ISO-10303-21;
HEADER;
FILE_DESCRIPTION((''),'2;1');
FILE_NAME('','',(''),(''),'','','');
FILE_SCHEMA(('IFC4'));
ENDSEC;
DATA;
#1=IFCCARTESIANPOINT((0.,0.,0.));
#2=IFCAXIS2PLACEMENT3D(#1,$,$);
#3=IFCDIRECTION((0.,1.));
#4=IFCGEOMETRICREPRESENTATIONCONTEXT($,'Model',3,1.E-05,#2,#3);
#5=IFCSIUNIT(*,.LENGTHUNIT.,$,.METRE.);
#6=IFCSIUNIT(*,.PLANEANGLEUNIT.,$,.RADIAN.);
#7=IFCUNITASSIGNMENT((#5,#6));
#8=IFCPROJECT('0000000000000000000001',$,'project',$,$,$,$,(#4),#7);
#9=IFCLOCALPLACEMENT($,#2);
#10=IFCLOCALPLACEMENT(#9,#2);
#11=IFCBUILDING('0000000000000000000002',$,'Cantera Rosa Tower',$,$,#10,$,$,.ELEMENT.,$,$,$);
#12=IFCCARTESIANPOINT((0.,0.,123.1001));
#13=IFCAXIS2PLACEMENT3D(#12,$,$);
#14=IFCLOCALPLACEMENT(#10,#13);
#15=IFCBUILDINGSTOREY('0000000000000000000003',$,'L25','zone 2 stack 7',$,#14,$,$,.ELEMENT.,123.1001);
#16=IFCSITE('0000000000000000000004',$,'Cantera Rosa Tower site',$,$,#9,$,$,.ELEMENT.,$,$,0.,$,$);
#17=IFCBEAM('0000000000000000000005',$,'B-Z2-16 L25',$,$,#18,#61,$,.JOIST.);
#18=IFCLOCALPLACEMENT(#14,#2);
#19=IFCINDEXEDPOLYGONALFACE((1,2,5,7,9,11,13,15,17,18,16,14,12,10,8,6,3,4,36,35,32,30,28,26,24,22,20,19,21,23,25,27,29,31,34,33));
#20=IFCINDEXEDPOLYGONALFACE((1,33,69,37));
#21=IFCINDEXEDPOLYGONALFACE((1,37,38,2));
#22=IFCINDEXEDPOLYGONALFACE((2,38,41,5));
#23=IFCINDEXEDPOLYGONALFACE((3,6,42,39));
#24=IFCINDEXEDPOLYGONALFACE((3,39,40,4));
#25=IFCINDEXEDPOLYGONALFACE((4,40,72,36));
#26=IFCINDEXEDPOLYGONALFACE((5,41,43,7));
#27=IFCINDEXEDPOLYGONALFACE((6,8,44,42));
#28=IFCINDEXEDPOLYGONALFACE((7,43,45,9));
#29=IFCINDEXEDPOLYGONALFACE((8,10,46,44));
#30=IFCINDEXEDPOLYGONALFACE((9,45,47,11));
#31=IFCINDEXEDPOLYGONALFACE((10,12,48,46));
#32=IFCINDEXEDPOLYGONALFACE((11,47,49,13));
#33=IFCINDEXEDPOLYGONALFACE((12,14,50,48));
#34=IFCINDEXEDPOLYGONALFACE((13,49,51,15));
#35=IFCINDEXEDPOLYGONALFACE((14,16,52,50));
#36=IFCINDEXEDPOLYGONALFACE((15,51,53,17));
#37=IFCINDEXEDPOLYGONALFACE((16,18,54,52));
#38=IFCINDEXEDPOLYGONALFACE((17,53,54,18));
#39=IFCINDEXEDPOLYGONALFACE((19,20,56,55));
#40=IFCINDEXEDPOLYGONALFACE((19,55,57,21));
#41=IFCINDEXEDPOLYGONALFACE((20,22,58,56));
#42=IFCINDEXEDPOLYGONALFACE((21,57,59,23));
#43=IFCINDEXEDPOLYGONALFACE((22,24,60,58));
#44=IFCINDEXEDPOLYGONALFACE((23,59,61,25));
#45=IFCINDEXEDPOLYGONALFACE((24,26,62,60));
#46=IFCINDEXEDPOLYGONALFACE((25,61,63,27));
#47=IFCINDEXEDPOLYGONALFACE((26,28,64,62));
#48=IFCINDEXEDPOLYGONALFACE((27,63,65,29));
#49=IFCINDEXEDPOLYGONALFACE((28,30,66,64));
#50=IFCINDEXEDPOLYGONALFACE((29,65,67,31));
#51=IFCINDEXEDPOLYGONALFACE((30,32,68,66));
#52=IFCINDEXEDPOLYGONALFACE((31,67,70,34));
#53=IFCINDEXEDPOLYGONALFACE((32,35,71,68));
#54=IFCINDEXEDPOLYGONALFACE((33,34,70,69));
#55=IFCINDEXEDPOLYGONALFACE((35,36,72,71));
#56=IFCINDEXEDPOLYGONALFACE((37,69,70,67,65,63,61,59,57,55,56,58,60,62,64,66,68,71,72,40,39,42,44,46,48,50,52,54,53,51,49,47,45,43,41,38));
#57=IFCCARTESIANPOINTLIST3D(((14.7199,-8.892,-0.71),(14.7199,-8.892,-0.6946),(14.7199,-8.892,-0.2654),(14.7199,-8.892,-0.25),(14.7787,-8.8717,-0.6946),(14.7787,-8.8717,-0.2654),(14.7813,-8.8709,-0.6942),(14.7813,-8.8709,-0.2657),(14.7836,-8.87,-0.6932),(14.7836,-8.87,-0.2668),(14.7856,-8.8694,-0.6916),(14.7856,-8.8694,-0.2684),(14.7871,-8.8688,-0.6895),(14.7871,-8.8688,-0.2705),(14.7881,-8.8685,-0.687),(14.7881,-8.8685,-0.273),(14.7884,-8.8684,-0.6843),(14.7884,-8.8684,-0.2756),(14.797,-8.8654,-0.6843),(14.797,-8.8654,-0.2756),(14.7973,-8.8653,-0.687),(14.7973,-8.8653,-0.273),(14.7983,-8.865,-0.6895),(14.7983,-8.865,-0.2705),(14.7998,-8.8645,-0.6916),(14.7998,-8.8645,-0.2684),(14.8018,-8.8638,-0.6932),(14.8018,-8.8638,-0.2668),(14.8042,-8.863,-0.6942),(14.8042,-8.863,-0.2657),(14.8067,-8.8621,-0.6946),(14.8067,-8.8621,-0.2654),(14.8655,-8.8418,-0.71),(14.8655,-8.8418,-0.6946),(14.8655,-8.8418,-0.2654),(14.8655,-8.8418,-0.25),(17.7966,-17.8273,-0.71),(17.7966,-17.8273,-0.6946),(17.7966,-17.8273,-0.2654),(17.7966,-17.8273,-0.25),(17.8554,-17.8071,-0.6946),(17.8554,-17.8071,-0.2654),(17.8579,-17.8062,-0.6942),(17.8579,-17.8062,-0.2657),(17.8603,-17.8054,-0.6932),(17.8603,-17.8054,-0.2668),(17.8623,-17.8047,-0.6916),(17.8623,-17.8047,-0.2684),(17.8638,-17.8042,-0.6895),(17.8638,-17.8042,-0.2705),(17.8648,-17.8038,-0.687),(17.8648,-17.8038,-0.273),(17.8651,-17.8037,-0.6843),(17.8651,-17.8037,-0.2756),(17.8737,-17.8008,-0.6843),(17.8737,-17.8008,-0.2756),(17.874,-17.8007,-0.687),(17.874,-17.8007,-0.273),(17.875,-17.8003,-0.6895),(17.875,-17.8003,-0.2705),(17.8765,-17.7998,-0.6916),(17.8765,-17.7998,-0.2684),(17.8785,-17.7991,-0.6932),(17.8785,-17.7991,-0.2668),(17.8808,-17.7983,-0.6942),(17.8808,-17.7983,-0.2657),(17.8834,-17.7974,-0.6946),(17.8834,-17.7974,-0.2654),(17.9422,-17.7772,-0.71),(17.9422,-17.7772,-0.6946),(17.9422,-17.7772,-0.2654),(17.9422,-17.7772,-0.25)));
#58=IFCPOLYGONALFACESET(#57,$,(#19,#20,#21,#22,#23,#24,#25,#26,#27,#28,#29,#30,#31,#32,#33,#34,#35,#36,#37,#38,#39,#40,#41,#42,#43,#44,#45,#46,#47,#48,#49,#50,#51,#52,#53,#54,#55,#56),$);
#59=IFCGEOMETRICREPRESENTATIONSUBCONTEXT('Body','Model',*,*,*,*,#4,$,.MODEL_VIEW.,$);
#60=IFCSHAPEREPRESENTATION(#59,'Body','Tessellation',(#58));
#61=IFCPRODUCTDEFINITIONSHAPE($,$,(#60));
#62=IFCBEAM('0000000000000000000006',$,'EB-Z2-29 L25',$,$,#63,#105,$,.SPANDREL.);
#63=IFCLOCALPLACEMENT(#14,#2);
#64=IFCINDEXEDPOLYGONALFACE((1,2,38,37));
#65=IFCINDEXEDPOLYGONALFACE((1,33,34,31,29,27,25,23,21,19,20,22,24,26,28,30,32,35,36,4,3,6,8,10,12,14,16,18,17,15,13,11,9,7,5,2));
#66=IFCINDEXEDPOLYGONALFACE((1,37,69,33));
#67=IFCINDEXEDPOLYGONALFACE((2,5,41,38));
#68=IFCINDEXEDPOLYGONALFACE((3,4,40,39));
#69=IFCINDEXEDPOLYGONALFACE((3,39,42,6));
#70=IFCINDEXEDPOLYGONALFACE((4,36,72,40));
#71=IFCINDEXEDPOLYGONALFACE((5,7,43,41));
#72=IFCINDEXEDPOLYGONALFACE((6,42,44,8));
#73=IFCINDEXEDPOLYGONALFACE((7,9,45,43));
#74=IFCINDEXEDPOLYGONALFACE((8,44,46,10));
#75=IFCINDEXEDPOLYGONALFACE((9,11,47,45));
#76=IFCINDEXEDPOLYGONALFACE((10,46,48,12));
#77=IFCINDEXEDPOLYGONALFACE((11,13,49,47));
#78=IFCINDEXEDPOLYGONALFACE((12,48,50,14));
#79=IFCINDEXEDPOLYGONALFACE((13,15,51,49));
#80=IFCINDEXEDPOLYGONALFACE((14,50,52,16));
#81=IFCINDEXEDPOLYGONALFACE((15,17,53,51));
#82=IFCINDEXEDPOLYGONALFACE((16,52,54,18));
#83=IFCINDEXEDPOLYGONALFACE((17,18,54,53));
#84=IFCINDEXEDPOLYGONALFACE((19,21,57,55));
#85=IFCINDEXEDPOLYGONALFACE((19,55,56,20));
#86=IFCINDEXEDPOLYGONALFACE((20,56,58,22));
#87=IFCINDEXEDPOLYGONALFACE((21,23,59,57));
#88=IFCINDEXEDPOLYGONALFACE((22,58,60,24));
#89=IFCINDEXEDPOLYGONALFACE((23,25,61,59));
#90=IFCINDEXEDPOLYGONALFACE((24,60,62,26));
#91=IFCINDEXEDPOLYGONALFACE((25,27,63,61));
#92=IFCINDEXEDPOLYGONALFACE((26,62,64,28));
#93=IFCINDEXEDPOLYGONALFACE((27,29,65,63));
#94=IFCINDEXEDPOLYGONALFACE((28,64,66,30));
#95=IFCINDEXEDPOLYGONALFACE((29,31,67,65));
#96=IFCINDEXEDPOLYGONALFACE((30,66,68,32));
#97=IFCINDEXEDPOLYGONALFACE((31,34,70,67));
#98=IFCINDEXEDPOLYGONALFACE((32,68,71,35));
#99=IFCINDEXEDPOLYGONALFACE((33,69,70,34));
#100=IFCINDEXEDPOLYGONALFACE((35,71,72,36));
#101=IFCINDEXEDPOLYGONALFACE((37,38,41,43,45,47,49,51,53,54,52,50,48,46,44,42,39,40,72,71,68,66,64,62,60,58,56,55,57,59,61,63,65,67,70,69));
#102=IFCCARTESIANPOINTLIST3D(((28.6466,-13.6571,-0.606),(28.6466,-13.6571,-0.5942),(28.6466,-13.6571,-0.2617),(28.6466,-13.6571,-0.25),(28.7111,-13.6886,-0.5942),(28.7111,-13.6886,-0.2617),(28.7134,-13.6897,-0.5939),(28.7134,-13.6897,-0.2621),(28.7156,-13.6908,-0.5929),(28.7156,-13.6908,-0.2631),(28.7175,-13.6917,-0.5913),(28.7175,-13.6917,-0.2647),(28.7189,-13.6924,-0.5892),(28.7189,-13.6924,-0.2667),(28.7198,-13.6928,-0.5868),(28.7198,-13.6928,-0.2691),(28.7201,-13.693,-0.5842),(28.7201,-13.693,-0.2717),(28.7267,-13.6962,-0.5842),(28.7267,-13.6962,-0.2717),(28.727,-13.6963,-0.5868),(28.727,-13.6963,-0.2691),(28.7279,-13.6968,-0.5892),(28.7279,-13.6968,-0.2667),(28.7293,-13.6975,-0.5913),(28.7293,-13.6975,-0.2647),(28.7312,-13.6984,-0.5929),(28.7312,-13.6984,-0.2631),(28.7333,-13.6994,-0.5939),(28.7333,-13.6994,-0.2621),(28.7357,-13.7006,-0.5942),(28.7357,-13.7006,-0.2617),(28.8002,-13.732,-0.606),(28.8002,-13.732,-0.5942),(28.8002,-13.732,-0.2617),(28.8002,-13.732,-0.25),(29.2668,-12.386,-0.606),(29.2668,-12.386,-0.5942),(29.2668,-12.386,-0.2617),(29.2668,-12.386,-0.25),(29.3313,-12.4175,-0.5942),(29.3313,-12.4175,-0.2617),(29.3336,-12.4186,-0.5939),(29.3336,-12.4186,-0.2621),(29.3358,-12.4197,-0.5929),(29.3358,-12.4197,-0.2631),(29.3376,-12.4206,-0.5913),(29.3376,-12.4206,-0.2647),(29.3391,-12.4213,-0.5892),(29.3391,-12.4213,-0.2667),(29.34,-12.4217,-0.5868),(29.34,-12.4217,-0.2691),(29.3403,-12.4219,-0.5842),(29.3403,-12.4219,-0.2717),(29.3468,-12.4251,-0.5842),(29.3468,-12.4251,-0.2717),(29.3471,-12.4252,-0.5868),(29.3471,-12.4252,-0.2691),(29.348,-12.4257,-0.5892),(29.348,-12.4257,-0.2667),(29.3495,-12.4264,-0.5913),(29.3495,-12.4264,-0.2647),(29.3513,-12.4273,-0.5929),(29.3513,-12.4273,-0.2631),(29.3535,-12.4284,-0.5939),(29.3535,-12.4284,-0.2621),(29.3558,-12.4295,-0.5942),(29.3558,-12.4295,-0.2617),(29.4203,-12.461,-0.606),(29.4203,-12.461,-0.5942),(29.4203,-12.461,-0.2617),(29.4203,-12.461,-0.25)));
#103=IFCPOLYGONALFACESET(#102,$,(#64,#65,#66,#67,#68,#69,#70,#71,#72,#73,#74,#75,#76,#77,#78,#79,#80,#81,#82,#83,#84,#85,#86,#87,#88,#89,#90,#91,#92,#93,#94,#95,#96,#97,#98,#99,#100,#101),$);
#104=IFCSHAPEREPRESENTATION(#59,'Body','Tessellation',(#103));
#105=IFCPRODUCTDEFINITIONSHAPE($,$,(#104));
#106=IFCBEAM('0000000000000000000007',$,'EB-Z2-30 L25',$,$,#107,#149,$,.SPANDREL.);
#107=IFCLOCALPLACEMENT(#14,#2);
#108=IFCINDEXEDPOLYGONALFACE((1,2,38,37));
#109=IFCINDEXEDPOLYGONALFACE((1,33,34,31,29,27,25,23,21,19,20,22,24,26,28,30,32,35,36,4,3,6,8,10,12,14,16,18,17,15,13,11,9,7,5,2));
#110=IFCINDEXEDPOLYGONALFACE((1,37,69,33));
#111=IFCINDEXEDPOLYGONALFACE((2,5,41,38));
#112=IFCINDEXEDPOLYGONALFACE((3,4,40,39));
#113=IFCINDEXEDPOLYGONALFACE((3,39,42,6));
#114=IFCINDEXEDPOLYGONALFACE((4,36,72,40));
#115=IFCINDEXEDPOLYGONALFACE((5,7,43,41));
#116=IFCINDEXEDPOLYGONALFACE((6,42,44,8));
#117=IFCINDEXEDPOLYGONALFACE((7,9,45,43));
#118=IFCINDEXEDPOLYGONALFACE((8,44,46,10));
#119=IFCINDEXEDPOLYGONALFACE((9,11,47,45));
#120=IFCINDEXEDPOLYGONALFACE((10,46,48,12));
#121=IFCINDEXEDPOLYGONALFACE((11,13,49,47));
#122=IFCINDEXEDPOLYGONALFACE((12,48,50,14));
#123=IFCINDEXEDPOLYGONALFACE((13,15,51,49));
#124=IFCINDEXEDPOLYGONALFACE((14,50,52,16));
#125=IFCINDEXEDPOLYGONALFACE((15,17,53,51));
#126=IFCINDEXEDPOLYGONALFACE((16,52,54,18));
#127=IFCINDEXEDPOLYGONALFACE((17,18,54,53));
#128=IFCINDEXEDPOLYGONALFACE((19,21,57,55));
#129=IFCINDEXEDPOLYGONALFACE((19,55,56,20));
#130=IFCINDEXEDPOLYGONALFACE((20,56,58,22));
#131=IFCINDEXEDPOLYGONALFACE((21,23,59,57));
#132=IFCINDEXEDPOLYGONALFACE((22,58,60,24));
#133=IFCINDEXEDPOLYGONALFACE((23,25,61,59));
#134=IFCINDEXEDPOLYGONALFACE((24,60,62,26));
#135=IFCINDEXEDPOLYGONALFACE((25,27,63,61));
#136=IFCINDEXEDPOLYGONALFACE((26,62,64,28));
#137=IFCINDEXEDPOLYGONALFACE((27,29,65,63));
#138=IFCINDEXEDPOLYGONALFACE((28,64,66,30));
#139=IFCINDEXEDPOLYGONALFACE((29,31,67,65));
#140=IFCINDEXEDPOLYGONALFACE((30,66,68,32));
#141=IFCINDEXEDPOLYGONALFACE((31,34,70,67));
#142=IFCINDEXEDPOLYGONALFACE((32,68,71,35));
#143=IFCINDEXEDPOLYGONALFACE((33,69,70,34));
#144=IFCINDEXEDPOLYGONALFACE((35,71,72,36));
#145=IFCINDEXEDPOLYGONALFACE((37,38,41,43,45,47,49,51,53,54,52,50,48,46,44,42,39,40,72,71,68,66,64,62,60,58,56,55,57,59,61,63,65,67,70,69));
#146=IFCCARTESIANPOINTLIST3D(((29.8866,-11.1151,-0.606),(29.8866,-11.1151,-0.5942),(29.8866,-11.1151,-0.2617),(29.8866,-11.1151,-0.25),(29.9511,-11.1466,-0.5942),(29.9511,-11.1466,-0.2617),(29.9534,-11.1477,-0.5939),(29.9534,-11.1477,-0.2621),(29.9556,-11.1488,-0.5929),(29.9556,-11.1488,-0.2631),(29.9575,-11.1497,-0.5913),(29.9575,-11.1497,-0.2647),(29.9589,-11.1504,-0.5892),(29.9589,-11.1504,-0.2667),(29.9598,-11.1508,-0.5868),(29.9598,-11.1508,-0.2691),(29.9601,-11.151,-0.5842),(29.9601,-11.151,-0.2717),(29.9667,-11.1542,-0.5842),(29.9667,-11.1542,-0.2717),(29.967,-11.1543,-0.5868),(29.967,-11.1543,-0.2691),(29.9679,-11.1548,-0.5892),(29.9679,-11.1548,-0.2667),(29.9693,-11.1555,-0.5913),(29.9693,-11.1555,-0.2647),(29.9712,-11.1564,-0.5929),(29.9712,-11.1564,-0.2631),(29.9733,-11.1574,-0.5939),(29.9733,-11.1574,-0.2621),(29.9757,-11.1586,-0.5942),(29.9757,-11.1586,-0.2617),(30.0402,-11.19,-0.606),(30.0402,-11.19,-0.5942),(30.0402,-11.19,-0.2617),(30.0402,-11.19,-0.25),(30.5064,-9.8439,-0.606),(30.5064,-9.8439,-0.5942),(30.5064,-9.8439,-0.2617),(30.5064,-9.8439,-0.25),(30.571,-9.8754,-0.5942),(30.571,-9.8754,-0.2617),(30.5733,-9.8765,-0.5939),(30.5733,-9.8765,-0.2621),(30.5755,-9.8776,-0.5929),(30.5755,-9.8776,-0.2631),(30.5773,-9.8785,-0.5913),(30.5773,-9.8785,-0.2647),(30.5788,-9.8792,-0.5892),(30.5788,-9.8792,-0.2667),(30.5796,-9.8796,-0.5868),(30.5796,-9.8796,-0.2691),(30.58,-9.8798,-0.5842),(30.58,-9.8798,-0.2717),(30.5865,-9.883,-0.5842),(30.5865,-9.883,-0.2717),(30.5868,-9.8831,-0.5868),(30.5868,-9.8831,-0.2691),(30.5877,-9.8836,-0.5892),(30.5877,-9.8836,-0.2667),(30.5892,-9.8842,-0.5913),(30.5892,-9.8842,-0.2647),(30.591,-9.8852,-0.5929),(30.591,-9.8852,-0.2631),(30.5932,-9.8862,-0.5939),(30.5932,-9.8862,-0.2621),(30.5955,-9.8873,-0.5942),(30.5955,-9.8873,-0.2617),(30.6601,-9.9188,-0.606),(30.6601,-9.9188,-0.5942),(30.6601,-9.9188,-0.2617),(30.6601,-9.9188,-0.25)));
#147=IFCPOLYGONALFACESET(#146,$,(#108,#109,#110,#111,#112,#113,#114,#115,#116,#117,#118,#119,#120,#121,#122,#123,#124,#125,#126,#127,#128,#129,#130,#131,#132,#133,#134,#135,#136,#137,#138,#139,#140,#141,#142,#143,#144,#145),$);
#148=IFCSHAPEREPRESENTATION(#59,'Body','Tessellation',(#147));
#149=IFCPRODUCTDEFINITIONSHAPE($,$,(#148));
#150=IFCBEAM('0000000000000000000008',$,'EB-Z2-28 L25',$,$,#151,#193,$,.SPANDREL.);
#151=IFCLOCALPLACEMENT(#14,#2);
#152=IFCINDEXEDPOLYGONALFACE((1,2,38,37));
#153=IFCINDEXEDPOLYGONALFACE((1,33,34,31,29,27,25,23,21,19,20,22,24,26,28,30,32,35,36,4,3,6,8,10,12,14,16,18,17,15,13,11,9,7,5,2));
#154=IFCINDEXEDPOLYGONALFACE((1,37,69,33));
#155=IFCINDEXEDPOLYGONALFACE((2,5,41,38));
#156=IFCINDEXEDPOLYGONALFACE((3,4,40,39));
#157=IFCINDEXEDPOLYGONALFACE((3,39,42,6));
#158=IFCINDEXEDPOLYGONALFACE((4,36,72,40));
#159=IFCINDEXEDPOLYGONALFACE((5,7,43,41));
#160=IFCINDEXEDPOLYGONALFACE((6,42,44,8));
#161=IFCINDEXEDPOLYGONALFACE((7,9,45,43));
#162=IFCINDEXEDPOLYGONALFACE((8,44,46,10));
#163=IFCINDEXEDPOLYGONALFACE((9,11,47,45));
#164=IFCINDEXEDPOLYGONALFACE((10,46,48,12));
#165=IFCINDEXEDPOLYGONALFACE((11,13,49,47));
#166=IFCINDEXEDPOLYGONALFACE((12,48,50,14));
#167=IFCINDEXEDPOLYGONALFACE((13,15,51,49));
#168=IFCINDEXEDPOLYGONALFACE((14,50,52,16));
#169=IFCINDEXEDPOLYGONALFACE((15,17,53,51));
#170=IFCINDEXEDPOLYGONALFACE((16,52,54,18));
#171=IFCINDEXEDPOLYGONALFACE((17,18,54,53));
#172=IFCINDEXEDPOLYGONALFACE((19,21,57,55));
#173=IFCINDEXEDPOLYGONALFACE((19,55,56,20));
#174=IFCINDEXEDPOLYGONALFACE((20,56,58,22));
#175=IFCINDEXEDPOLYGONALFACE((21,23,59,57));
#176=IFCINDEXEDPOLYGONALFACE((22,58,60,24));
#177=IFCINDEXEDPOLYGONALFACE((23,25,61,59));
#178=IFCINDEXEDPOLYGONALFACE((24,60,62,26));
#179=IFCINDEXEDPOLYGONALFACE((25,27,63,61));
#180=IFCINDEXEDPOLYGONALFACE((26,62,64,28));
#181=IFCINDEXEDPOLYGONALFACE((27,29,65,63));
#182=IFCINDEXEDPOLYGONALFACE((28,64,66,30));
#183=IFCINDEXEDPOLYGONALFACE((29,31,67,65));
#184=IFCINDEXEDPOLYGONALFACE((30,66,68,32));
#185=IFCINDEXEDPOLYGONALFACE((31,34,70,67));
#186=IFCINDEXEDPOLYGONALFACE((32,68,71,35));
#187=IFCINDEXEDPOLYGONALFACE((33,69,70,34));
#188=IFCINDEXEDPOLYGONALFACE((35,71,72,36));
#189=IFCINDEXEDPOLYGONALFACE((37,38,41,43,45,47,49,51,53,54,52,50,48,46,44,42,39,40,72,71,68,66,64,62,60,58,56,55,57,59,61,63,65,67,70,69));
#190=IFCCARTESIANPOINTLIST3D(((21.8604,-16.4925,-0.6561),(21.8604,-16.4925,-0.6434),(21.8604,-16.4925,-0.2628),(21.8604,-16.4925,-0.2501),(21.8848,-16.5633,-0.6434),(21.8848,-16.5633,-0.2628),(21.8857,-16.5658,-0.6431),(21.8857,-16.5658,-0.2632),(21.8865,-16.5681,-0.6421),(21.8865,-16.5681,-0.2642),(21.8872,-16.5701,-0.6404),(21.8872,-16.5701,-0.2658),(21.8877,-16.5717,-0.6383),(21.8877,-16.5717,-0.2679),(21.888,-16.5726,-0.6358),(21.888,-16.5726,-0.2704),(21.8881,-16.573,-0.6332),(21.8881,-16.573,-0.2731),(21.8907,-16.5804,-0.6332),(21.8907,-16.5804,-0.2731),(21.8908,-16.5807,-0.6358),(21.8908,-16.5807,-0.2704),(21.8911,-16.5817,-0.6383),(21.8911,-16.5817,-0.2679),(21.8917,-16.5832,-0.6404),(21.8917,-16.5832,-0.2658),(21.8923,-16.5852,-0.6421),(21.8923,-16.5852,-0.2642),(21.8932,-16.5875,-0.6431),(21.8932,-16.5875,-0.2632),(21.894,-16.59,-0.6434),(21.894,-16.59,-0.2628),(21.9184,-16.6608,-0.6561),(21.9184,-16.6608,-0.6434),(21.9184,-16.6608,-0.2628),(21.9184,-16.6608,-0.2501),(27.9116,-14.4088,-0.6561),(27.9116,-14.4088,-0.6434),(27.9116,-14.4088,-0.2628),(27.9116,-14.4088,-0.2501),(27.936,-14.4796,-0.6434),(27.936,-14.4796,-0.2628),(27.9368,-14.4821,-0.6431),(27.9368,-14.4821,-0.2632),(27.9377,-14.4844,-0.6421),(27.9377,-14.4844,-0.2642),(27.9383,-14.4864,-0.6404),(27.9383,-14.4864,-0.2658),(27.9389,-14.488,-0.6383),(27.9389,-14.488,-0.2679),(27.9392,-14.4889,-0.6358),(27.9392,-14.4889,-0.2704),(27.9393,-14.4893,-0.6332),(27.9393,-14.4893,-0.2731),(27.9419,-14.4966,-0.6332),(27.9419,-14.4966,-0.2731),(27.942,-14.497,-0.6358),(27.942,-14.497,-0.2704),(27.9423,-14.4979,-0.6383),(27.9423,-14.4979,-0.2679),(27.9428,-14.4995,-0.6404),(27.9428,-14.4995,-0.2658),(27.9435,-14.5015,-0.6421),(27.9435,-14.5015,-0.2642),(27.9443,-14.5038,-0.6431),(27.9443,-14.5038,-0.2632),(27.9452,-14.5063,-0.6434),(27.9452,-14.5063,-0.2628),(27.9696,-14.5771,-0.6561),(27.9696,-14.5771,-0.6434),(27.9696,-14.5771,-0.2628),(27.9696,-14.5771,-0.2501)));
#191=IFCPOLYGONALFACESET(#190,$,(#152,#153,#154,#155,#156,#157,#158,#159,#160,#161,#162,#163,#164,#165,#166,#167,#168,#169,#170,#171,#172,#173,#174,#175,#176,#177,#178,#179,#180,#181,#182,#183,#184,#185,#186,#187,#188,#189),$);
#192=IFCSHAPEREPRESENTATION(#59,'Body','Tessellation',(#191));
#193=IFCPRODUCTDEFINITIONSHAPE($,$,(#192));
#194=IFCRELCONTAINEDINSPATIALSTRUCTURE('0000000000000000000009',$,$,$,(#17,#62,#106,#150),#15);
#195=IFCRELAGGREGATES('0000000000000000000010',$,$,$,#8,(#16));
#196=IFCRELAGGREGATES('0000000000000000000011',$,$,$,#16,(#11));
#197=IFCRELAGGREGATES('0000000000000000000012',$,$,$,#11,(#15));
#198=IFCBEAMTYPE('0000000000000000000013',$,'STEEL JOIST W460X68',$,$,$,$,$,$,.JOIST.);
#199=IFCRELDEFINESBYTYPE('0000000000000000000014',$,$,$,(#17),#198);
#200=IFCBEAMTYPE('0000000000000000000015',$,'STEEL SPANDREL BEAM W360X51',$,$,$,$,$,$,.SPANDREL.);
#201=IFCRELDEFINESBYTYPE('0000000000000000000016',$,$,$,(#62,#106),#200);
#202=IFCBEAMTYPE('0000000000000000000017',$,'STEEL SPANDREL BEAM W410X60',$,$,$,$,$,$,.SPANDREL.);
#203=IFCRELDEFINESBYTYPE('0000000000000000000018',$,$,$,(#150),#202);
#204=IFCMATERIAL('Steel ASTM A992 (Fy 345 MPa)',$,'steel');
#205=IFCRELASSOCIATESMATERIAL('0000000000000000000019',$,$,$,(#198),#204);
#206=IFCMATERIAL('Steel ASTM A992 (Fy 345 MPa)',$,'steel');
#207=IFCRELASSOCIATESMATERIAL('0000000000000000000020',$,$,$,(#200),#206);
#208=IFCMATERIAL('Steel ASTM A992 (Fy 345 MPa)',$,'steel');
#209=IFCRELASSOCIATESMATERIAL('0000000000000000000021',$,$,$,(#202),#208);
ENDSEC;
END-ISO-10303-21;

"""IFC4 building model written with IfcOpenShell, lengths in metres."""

from ifc_helpers import new_model, si_unit, direction, frame, origin, origin_2d, place, context, subcontext, project, spatial, i_section, extrude, material, material_profile, profile_set, type_object, element, save


model = new_model("IFC4")

# Units and contexts
model_context = context("Model", 3, precision=1e-05, world=origin(), true_north=direction((0.0, 1.0)))
body_context = subcontext(model_context, "Body", "Model", "MODEL_VIEW")
ifc_project = project(units=[si_unit("LENGTHUNIT", "METRE"), si_unit("PLANEANGLEUNIT", "RADIAN")], contexts=[model_context])

# Site, building, storey
site_placement = place(None, origin())
site = spatial("IfcSite", under=ifc_project, at=site_placement, Name="Cantera Rosa Tower site", CompositionType="ELEMENT", RefElevation=0.0)
building_placement = place(site_placement, origin())
building = spatial("IfcBuilding", under=site, at=building_placement, Name="Cantera Rosa Tower", CompositionType="ELEMENT")
storey_placement = place(building_placement, frame((0.0, 0.0, 123.1001)))
storey = spatial("IfcBuildingStorey", under=building, at=storey_placement, Name="L25", Description="zone 2 stack 7", CompositionType="ELEMENT", Elevation=123.1001)

# Beams
ifc_material_1 = material(Name="Steel ASTM A992 (Fy 345 MPa)", Category="steel")
ifc_material_profile_1 = material_profile(ifc_material_1, i_section(OverallWidth=0.1541, OverallDepth=0.46, WebThickness=0.009, FlangeThickness=0.0154, FilletRadius=0.0103, at=origin_2d()), Name="W460X68")
ifc_profile_set_1 = profile_set([ifc_material_profile_1], Name="Steel ASTM A992 (Fy 345 MPa)")
beam_type_1 = type_object("IfcBeamType", Name="STEEL JOIST W460X68", PredefinedType="JOIST", material=ifc_profile_set_1)
beam_1_placement = place(storey_placement, frame((17.8694, -17.8022, -0.48), z_axis=(-0.325567, 0.945519, 0.0), x_axis=(-0.945519, -0.325567, 0.0)))
element("IfcBeam", 1, at=beam_1_placement, inside=storey, type_object=beam_type_1, Name="B-Z2-16 L25", PredefinedType="JOIST", context=body_context, shape_type="SweptSolid", body=[
    extrude(i_section(OverallWidth=0.1541, OverallDepth=0.46, WebThickness=0.009, FlangeThickness=0.0154, FilletRadius=0.0103, at=origin_2d()), origin(), (0.0, 0.0, 1.0), 9.4502),
])
ifc_material_2 = material(Name="Steel ASTM A992 (Fy 345 MPa)", Category="steel")
ifc_material_profile_2 = material_profile(ifc_material_2, i_section(OverallWidth=0.1709, OverallDepth=0.356, WebThickness=0.0073, FlangeThickness=0.0117, FilletRadius=0.01, at=origin_2d()), Name="W360X51")
ifc_profile_set_2 = profile_set([ifc_material_profile_2], Name="Steel ASTM A992 (Fy 345 MPa)")
beam_type_2 = type_object("IfcBeamType", Name="STEEL SPANDREL BEAM W360X51", PredefinedType="SPANDREL", material=ifc_profile_set_2)
for number, where, z_axis, x_axis, name in (
    (2, (28.7234, -13.6946, -0.428), (0.438492, 0.898735, 0.0), (-0.898735, 0.438492, 0.0), "EB-Z2-29 L25"),
    (3, (29.9634, -11.1526, -0.428), (0.438284, 0.898836, 0.0), (-0.898836, 0.438284, 0.0), "EB-Z2-30 L25"),
):
    element("IfcBeam", number, at=place(storey_placement, frame(where, z_axis=z_axis, x_axis=x_axis)), inside=storey, type_object=beam_type_2, Name=name, PredefinedType="SPANDREL", context=body_context, shape_type="SweptSolid", body=[
        extrude(i_section(OverallWidth=0.1709, OverallDepth=0.356, WebThickness=0.0073, FlangeThickness=0.0117, FilletRadius=0.01, at=origin_2d()), origin(), (0.0, 0.0, 1.0), 1.4143),
    ])
ifc_material_3 = material(Name="Steel ASTM A992 (Fy 345 MPa)", Category="steel")
ifc_material_profile_3 = material_profile(ifc_material_3, i_section(OverallWidth=0.178, OverallDepth=0.406, WebThickness=0.0078, FlangeThickness=0.0127, FilletRadius=0.0103, at=origin_2d()), Name="W410X60")
ifc_profile_set_3 = profile_set([ifc_material_profile_3], Name="Steel ASTM A992 (Fy 345 MPa)")
beam_type_3 = type_object("IfcBeamType", Name="STEEL SPANDREL BEAM W410X60", PredefinedType="SPANDREL", material=ifc_profile_set_3)
beam_2_placement = place(storey_placement, frame((21.8894, -16.5767, -0.4531), z_axis=(0.945513, 0.325585, 0.0), x_axis=(-0.325585, 0.945513, 0.0)))
element("IfcBeam", 4, at=beam_2_placement, inside=storey, type_object=beam_type_3, Name="EB-Z2-28 L25", PredefinedType="SPANDREL", context=body_context, shape_type="SweptSolid", body=[
    extrude(i_section(OverallWidth=0.178, OverallDepth=0.406, WebThickness=0.0078, FlangeThickness=0.0127, FilletRadius=0.0103, at=origin_2d()), origin(), (0.0, 0.0, 1.0), 6.3999),
])

save(model, "model.ifc")
